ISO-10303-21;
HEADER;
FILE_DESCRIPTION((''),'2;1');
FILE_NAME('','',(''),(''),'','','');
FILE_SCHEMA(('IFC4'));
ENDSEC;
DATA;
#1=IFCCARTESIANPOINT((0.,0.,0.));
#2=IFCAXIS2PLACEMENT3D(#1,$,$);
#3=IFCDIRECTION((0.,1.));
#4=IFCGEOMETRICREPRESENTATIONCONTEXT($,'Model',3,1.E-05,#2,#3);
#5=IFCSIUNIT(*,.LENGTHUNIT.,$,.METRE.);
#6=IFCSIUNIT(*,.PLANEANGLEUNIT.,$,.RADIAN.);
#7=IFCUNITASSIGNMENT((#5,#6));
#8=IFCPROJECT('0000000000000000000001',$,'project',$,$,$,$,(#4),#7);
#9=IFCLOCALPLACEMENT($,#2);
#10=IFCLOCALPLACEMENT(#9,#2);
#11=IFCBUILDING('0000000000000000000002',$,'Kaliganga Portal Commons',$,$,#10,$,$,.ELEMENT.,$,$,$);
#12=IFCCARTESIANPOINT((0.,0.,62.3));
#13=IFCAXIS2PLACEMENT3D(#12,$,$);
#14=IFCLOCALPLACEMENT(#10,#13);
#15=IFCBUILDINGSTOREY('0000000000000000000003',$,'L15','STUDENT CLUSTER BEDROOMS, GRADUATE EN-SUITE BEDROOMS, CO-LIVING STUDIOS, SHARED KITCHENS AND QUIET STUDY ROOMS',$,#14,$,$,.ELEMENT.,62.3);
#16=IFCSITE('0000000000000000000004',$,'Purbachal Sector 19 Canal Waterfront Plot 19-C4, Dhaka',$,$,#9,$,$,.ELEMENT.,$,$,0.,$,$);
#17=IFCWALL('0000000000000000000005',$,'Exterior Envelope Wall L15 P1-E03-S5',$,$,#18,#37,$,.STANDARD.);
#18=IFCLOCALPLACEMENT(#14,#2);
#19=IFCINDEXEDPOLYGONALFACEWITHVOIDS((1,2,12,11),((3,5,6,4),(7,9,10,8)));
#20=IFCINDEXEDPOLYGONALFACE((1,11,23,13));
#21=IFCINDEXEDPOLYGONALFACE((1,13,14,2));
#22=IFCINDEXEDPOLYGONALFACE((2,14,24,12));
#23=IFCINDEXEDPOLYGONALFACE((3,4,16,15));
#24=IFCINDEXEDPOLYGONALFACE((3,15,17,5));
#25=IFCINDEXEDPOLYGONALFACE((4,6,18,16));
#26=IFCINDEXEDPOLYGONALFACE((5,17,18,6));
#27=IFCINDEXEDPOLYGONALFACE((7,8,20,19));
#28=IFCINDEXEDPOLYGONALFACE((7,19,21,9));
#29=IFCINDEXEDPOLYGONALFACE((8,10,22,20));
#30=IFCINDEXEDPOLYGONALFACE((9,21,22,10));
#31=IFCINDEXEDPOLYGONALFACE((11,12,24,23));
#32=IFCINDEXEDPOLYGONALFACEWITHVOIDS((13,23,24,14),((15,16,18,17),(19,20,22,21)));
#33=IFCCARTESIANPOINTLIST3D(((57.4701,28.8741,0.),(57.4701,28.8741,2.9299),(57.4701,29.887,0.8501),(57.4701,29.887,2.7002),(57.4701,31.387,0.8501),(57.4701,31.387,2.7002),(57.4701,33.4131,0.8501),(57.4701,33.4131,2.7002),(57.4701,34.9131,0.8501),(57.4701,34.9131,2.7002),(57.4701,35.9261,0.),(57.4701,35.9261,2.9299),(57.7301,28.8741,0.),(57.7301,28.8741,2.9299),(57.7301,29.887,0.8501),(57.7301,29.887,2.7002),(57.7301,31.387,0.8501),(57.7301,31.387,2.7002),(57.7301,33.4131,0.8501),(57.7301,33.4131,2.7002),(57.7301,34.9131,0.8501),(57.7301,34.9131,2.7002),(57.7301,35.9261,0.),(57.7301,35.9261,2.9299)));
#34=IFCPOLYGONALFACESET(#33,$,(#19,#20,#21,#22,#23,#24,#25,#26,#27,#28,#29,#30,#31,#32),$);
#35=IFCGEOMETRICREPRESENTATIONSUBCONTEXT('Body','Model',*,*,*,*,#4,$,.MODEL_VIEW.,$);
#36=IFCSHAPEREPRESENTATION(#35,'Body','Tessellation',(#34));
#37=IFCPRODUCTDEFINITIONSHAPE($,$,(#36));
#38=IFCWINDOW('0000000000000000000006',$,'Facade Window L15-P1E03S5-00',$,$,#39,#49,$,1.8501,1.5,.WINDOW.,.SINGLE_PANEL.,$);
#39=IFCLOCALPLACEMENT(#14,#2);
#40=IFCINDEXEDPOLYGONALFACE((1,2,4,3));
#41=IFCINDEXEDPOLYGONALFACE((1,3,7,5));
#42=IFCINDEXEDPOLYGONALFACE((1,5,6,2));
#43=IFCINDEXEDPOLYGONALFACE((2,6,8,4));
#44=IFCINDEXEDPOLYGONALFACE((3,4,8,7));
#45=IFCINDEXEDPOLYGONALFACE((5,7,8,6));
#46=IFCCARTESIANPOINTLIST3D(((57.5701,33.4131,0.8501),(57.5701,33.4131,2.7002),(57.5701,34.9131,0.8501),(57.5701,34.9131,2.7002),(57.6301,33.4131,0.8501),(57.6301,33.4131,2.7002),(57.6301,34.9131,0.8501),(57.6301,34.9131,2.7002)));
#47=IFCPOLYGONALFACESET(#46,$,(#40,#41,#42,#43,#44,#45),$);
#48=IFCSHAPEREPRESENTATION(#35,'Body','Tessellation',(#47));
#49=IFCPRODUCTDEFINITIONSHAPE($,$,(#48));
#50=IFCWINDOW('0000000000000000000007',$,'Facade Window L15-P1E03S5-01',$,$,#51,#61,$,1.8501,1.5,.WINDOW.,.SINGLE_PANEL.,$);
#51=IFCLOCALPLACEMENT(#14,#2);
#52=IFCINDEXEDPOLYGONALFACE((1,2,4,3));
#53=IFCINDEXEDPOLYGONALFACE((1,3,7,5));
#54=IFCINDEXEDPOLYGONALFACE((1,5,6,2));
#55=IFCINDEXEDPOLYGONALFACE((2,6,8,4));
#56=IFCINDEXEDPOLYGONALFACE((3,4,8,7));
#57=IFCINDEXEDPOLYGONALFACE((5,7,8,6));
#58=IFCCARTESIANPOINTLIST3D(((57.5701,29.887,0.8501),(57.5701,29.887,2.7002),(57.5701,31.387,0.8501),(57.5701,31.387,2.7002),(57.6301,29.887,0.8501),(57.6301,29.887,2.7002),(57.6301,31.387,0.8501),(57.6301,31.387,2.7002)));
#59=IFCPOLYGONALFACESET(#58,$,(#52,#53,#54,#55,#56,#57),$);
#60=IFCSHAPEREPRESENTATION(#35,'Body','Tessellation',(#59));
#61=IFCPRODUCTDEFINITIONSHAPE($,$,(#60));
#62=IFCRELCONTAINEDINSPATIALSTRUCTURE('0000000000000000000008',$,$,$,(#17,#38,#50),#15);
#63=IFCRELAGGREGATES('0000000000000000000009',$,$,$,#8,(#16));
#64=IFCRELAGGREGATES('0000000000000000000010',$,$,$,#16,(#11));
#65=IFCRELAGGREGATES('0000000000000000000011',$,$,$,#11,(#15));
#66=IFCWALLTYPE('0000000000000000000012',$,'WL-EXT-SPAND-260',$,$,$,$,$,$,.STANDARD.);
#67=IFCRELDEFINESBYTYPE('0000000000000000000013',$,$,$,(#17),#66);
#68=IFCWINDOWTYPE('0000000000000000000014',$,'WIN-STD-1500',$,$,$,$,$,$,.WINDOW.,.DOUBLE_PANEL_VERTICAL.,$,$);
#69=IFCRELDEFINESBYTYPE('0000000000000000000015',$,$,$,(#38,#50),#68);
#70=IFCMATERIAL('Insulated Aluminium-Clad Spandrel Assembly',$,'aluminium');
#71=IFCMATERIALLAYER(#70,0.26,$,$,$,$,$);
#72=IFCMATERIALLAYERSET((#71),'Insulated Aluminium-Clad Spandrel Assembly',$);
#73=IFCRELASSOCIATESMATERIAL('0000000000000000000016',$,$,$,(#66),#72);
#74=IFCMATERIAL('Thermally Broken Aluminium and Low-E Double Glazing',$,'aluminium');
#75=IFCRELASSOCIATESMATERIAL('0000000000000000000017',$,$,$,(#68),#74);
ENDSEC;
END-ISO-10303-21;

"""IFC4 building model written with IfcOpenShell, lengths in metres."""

from ifc_helpers import new_model, si_unit, direction, frame, frame_2d, origin, place, context, subcontext, project, spatial, rectangle, extrude, material, layer, layer_set, type_object, element, fill, save


model = new_model("IFC4")

# Units and contexts
model_context = context("Model", 3, precision=1e-05, world=origin(), true_north=direction((0.0, 1.0)))
body_context = subcontext(model_context, "Body", "Model", "MODEL_VIEW")
ifc_project = project(units=[si_unit("LENGTHUNIT", "METRE"), si_unit("PLANEANGLEUNIT", "RADIAN")], contexts=[model_context])

# Site, building, storey
site_placement = place(None, origin())
site = spatial("IfcSite", under=ifc_project, at=site_placement, Name="Purbachal Sector 19 Canal Waterfront Plot 19-C4, Dhaka", CompositionType="ELEMENT", RefElevation=0.0)
building_placement = place(site_placement, origin())
building = spatial("IfcBuilding", under=site, at=building_placement, Name="Kaliganga Portal Commons", CompositionType="ELEMENT")
storey_placement = place(building_placement, frame((0.0, 0.0, 62.3)))
storey = spatial("IfcBuildingStorey", under=building, at=storey_placement, Name="L15", Description="STUDENT CLUSTER BEDROOMS, GRADUATE EN-SUITE BEDROOMS, CO-LIVING STUDIOS, SHARED KITCHENS AND QUIET STUDY ROOMS", CompositionType="ELEMENT", Elevation=62.3)

# Wall, openings, windows
ifc_material_1 = material(Name="Insulated Aluminium-Clad Spandrel Assembly", Category="aluminium")
ifc_layer = layer(ifc_material_1, 0.26)
ifc_layer_set = layer_set([ifc_layer], Name="Insulated Aluminium-Clad Spandrel Assembly")
wall_type = type_object("IfcWallType", Name="WL-EXT-SPAND-260", PredefinedType="STANDARD", material=ifc_layer_set)
wall_placement = place(storey_placement, frame((57.6001, 35.926, 0.0), z_axis=(0.0, 0.0, 1.0), x_axis=(0.0, -1.0, 0.0)))
wall = element("IfcWall", 1, at=wall_placement, inside=storey, type_object=wall_type, Name="Exterior Envelope Wall L15 P1-E03-S5", PredefinedType="STANDARD", context=body_context, shape_type="SweptSolid", body=[
    extrude(rectangle(XDim=7.052, YDim=0.26, at=frame_2d((3.5259, 0.0))), origin(), (0.0, 0.0, 1.0), 2.9299),
])
opening_1_placement = place(wall_placement, frame((1.0129, 0.0, 0.8501)))
opening_1 = element("IfcOpeningElement", 2, at=opening_1_placement, cuts=wall, PredefinedType="OPENING", context=body_context, shape_type="SweptSolid", body=[
    extrude(rectangle(XDim=1.5, YDim=1.8501, at=frame_2d((0.75, 0.925))), frame((0.0, 0.1401, 0.0), z_axis=(0.0, -1.0, 0.0), x_axis=(1.0, 0.0, 0.0)), (0.0, 0.0, 1.0), 0.28),
])
opening_2_placement = place(wall_placement, frame((4.5391, 0.0, 0.8501)))
opening_2 = element("IfcOpeningElement", 3, at=opening_2_placement, cuts=wall, PredefinedType="OPENING", context=body_context, shape_type="SweptSolid", body=[
    extrude(rectangle(XDim=1.5, YDim=1.8501, at=frame_2d((0.75, 0.925))), frame((0.0, 0.1401, 0.0), z_axis=(0.0, -1.0, 0.0), x_axis=(1.0, 0.0, 0.0)), (0.0, 0.0, 1.0), 0.28),
])
ifc_material_2 = material(Name="Thermally Broken Aluminium and Low-E Double Glazing", Category="aluminium")
window_type = type_object("IfcWindowType", Name="WIN-STD-1500", PartitioningType="DOUBLE_PANEL_VERTICAL", PredefinedType="WINDOW", material=ifc_material_2)
window_1_placement = place(opening_1_placement, origin())
window_1 = element("IfcWindow", 4, at=window_1_placement, inside=storey, type_object=window_type, Name="Facade Window L15-P1E03S5-00", OverallHeight=1.8501, OverallWidth=1.5, PartitioningType="SINGLE_PANEL", PredefinedType="WINDOW", context=body_context, shape_type="SweptSolid", body=[
    extrude(rectangle(XDim=1.5, YDim=1.8501, at=frame_2d((0.75, 0.925))), frame((0.0, 0.03, 0.0), z_axis=(0.0, -1.0, 0.0), x_axis=(1.0, 0.0, 0.0)), (0.0, 0.0, 1.0), 0.0601),
])
fill(opening_1, window_1)
window_2_placement = place(opening_2_placement, origin())
window_2 = element("IfcWindow", 5, at=window_2_placement, inside=storey, type_object=window_type, Name="Facade Window L15-P1E03S5-01", OverallHeight=1.8501, OverallWidth=1.5, PartitioningType="SINGLE_PANEL", PredefinedType="WINDOW", context=body_context, shape_type="SweptSolid", body=[
    extrude(rectangle(XDim=1.5, YDim=1.8501, at=frame_2d((0.75, 0.925))), frame((0.0, 0.03, 0.0), z_axis=(0.0, -1.0, 0.0), x_axis=(1.0, 0.0, 0.0)), (0.0, 0.0, 1.0), 0.0601),
])
fill(opening_2, window_2)

save(model, "model.ifc")
